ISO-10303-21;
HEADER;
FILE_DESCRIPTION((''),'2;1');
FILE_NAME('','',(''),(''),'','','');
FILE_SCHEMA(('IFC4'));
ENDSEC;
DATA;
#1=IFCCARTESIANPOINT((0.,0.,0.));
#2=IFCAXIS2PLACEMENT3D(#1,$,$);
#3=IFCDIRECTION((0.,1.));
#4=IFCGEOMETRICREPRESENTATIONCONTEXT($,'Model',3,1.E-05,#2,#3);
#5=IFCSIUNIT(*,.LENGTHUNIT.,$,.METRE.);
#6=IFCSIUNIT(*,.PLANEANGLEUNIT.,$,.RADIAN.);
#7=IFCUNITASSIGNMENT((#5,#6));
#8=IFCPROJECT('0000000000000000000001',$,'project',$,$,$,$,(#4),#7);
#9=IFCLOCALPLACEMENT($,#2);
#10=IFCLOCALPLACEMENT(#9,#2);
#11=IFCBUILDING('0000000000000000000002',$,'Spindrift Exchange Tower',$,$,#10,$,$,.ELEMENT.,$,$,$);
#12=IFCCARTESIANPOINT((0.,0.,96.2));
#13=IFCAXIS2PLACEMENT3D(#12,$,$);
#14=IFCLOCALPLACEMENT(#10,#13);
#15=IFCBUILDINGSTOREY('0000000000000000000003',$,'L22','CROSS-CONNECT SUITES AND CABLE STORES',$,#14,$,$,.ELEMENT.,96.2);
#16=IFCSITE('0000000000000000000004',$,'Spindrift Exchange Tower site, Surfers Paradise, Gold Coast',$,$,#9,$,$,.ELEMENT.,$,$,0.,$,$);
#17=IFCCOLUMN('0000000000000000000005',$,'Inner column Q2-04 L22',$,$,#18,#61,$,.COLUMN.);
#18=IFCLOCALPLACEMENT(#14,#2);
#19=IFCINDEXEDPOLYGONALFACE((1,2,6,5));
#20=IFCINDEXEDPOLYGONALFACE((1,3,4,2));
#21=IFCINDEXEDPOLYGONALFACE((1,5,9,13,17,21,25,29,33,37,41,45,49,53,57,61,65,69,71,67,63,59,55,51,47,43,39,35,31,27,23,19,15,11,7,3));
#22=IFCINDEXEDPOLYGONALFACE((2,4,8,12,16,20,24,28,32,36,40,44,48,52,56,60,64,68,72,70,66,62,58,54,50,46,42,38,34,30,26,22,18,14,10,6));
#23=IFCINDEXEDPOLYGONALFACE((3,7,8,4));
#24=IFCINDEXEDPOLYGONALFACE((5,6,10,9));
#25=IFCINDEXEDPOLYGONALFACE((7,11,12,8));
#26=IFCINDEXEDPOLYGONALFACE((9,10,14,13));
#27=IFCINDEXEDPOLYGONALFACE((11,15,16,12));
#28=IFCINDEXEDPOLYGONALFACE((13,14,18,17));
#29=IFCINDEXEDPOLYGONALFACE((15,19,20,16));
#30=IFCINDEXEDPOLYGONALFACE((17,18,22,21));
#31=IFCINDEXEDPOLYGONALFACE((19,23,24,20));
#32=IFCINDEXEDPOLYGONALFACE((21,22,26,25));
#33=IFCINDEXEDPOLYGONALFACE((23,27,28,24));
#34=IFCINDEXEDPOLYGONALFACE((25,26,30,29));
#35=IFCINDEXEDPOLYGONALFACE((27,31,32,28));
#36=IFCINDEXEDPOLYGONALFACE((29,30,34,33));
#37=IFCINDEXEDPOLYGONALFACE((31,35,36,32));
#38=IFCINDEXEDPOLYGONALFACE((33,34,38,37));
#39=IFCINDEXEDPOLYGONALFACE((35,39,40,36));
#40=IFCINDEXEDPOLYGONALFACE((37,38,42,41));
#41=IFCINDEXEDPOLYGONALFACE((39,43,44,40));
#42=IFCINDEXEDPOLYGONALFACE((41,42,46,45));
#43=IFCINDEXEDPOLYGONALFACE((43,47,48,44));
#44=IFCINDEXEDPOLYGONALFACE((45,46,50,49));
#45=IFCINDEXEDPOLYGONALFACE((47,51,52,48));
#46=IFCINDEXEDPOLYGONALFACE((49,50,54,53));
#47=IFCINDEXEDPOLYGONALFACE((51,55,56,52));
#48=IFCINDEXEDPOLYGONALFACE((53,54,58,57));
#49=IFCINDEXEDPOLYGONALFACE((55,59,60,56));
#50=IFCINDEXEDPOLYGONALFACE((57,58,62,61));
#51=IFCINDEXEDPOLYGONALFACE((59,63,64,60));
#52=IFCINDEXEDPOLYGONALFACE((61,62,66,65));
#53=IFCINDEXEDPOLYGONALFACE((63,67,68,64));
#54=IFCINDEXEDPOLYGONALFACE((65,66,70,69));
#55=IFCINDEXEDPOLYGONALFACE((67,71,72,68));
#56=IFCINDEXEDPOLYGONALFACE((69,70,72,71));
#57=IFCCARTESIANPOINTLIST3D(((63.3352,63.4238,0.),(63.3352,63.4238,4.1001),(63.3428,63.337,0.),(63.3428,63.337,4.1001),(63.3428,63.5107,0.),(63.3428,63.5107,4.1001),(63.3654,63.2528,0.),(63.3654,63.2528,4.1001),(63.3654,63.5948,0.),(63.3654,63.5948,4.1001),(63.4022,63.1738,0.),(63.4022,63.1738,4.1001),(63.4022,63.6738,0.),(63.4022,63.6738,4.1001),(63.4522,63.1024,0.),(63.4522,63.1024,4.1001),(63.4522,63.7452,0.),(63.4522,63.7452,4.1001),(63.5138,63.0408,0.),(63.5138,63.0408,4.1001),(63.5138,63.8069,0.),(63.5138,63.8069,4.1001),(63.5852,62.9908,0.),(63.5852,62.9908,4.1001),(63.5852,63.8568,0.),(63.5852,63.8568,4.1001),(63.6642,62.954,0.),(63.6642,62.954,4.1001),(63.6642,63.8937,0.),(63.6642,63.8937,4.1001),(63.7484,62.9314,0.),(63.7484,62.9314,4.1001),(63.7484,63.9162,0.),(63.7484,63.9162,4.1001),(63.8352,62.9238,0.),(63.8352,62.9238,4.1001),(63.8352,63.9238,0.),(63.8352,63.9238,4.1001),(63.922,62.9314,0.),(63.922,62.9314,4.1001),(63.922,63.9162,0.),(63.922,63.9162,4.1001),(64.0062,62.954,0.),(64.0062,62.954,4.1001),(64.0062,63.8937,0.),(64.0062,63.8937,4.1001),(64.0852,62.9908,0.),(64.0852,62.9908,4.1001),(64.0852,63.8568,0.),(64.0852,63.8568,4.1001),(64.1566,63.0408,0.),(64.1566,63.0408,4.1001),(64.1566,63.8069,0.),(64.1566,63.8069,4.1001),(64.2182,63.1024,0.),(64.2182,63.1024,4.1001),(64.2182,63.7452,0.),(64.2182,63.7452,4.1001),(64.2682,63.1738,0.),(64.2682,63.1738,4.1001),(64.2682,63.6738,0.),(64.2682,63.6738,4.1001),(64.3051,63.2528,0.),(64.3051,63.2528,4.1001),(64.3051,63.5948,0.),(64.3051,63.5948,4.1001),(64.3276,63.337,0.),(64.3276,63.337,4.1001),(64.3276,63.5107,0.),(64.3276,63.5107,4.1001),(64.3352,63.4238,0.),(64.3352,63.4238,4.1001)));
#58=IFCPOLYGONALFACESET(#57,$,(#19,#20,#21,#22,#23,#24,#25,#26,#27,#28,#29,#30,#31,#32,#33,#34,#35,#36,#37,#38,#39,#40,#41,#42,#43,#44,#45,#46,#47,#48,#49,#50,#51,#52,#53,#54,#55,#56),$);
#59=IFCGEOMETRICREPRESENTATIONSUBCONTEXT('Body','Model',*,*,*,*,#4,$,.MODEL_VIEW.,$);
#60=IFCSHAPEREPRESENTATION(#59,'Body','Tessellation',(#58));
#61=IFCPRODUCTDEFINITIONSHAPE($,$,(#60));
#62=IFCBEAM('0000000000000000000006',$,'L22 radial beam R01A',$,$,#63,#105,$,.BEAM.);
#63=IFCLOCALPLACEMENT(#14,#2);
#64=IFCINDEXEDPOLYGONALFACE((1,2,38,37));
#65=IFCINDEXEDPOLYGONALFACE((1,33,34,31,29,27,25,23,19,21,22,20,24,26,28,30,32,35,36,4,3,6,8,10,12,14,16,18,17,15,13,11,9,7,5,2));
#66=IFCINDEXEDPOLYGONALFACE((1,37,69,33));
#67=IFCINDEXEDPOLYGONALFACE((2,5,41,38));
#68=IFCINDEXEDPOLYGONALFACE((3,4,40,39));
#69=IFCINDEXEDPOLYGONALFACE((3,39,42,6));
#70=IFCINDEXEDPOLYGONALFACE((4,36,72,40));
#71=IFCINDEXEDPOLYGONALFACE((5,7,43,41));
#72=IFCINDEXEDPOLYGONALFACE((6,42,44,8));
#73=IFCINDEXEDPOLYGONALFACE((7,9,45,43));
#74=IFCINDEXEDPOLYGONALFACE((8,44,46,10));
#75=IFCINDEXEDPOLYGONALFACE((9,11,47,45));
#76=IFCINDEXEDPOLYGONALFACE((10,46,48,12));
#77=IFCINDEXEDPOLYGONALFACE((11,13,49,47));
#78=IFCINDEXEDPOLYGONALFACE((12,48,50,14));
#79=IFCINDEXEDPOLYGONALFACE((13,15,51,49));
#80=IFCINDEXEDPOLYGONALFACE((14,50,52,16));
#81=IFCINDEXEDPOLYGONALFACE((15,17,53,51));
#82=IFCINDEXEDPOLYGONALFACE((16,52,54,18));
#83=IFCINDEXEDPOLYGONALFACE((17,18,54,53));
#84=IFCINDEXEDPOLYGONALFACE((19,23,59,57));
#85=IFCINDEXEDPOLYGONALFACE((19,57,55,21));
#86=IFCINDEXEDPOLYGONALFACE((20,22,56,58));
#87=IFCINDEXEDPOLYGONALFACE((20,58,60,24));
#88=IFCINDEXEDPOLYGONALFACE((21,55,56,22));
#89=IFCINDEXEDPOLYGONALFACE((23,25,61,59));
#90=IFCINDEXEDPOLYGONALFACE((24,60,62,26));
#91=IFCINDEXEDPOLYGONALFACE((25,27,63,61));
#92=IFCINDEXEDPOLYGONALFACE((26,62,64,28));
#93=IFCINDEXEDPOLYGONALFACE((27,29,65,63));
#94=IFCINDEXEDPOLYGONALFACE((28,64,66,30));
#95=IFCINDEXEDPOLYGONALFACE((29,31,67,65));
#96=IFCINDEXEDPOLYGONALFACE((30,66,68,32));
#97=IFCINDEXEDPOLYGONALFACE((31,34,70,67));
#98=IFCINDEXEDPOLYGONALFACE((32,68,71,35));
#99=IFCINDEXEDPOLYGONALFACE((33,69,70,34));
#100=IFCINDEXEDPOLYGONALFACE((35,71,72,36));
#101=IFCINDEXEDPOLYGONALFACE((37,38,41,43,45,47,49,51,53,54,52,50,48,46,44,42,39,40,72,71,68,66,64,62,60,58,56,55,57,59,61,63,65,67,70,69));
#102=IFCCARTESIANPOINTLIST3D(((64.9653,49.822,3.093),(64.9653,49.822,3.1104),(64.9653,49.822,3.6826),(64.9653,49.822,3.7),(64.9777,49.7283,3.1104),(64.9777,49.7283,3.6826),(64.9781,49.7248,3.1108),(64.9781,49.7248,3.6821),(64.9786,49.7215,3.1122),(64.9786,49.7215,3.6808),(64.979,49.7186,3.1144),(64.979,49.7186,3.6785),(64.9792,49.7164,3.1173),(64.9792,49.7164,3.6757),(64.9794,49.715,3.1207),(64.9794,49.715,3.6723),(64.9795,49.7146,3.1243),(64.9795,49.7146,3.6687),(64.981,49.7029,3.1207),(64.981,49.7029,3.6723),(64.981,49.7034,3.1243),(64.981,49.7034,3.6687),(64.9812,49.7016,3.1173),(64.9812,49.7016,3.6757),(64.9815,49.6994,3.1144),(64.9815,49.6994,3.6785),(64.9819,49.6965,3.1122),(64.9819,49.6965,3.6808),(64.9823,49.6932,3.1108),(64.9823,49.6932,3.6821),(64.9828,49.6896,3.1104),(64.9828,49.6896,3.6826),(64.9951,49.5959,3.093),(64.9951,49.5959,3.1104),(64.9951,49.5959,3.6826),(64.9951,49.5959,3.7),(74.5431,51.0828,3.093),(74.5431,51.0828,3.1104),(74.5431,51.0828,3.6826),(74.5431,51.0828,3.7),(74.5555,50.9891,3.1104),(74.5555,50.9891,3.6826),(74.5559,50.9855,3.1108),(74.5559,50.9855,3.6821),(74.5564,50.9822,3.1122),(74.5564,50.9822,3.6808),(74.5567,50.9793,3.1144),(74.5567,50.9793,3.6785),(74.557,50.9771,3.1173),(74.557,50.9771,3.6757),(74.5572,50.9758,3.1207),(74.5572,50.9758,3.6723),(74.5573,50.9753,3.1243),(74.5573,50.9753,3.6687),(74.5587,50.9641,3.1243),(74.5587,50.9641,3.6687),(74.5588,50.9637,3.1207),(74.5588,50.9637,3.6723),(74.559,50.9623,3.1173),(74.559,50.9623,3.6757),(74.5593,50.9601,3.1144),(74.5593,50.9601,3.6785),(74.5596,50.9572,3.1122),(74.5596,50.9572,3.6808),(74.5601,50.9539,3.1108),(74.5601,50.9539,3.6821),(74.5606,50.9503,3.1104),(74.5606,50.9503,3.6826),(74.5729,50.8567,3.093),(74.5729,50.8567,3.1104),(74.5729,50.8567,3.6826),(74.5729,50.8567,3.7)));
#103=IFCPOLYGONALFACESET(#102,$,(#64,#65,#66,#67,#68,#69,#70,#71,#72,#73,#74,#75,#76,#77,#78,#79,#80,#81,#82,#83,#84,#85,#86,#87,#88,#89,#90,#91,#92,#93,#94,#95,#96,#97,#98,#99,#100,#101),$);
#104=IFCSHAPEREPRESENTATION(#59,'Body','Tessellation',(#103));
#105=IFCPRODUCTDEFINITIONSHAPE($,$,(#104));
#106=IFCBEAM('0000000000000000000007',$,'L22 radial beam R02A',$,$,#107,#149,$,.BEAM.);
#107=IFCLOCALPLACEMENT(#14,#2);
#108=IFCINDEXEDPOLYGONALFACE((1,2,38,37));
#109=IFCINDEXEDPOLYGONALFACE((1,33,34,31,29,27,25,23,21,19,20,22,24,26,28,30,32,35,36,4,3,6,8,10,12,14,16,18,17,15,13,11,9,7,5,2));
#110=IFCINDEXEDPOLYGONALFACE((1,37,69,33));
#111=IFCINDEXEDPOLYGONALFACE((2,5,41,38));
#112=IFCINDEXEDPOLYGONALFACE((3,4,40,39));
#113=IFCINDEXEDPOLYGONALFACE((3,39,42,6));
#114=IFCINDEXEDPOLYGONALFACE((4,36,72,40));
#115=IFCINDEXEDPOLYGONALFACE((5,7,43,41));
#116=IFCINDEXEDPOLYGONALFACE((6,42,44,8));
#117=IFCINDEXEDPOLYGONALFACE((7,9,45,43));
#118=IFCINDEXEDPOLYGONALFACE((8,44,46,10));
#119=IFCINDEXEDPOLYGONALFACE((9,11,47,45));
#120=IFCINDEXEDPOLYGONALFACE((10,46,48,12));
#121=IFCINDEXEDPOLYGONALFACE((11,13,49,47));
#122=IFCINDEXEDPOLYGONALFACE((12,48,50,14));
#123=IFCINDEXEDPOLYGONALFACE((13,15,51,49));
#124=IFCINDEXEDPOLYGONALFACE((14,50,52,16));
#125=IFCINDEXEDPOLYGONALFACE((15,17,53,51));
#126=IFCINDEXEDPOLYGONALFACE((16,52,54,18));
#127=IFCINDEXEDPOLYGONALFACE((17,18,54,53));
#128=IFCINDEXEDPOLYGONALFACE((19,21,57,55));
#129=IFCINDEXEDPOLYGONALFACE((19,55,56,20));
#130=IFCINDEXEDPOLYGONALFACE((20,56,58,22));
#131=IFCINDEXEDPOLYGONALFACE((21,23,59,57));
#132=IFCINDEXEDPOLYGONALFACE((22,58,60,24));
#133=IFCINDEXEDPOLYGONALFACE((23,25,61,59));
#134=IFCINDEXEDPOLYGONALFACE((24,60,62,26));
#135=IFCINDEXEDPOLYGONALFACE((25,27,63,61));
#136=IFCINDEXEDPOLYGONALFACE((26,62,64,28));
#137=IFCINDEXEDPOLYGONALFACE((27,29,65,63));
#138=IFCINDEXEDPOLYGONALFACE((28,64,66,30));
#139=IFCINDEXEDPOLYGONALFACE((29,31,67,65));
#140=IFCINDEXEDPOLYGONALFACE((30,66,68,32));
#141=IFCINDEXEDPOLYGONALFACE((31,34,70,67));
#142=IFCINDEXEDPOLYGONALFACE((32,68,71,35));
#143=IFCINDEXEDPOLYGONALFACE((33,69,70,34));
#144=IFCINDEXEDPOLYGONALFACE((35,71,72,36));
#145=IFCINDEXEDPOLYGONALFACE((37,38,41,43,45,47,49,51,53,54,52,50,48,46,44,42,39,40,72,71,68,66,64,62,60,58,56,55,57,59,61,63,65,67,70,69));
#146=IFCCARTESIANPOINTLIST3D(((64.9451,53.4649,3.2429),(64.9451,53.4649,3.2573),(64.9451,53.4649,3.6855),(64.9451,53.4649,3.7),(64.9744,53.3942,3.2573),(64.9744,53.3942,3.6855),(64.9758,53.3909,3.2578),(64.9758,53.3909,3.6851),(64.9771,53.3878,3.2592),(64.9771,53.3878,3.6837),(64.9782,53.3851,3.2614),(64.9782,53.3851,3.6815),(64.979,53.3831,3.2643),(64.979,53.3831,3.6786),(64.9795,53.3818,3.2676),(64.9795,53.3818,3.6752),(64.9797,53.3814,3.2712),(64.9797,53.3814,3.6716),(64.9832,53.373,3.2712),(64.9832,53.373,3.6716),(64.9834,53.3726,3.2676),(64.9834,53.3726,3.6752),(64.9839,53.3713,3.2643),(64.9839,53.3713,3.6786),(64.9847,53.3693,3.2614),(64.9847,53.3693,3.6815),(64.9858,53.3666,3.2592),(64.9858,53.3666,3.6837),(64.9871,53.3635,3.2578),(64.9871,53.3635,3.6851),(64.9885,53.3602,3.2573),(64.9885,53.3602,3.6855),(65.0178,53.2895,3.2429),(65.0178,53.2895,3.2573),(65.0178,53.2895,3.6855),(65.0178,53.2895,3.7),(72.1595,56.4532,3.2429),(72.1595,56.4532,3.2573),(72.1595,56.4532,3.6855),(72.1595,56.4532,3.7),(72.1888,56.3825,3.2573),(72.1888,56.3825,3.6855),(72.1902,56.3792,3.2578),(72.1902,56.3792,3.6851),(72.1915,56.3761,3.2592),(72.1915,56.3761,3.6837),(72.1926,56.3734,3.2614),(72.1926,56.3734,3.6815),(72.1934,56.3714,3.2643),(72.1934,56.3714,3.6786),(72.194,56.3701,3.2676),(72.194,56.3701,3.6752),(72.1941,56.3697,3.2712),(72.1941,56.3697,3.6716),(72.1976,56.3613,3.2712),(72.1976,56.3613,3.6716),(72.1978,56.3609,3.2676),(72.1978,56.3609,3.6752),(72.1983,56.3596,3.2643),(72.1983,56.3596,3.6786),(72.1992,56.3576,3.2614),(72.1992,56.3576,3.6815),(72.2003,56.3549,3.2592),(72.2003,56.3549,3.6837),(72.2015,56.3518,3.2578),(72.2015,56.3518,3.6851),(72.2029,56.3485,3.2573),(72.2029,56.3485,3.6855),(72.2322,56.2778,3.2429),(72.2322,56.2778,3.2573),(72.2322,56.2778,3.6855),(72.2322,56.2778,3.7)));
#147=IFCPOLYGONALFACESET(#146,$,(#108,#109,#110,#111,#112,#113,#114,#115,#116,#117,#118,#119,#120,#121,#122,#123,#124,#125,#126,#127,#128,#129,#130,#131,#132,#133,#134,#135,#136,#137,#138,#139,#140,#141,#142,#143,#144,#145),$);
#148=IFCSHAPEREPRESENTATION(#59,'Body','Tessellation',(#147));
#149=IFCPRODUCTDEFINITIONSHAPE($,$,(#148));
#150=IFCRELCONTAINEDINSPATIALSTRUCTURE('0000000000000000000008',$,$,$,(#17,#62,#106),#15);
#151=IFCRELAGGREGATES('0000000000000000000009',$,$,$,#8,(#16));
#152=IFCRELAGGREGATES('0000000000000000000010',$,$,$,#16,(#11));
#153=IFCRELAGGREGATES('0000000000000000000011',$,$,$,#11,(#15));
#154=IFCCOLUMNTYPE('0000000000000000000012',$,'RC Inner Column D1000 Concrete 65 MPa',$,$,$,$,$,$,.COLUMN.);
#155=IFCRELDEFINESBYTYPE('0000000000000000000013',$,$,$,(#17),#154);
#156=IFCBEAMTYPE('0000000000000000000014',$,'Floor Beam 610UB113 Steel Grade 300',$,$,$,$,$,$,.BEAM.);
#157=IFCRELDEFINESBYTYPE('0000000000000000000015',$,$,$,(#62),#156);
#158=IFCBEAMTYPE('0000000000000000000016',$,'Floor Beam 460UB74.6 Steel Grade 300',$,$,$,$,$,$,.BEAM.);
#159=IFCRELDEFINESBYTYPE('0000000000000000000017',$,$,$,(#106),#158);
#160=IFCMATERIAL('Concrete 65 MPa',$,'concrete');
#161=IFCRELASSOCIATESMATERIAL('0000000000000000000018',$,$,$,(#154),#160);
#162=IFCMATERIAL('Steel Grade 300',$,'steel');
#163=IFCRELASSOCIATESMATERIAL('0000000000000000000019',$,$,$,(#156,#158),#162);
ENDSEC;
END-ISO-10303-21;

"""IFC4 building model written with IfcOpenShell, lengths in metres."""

from ifc_helpers import new_model, si_unit, direction, frame, origin, origin_2d, place, context, subcontext, project, spatial, circle, i_section, extrude, source, transform, mapped, material, material_profile, profile_set, type_object, element, save


model = new_model("IFC4")

# Units and contexts
model_context = context("Model", 3, precision=1e-05, world=origin(), true_north=direction((0.0, 1.0)))
body_context = subcontext(model_context, "Body", "Model", "MODEL_VIEW")
ifc_project = project(units=[si_unit("LENGTHUNIT", "METRE"), si_unit("PLANEANGLEUNIT", "RADIAN")], contexts=[model_context])

# Site, building, storey
site_placement = place(None, origin())
site = spatial("IfcSite", under=ifc_project, at=site_placement, Name="Spindrift Exchange Tower site, Surfers Paradise, Gold Coast", CompositionType="ELEMENT", RefElevation=0.0)
building_placement = place(site_placement, origin())
building = spatial("IfcBuilding", under=site, at=building_placement, Name="Spindrift Exchange Tower", CompositionType="ELEMENT")
storey_placement = place(building_placement, frame((0.0, 0.0, 96.2)))
storey = spatial("IfcBuildingStorey", under=building, at=storey_placement, Name="L22", Description="CROSS-CONNECT SUITES AND CABLE STORES", CompositionType="ELEMENT", Elevation=96.2)

# Column
ifc_material_1 = material(Name="Concrete 65 MPa", Category="concrete")
ifc_material_profile_1 = material_profile(ifc_material_1, circle(Radius=0.5, at=origin_2d()), Name="RC D1000")
ifc_profile_set_1 = profile_set([ifc_material_profile_1], Name="Concrete 65 MPa")
column_type = type_object("IfcColumnType", Name="RC Inner Column D1000 Concrete 65 MPa", PredefinedType="COLUMN", material=ifc_profile_set_1)
shared_shape_1 = source(origin(), body_context, "Body", "SweptSolid", [
    extrude(circle(Radius=0.5, at=origin_2d()), origin(), (0.0, 0.0, 1.0), 4.1001),
])
column_placement = place(storey_placement, frame((63.8352, 63.4238, 0.0), z_axis=(0.0, 0.0, 1.0), x_axis=(1.0, 0.0, 0.0)))
element("IfcColumn", 1, at=column_placement, inside=storey, type_object=column_type, Name="Inner column Q2-04 L22", PredefinedType="COLUMN", context=body_context, shape_type="MappedRepresentation", body=[
    mapped(shared_shape_1, transform((0.0, 0.0, 0.0), scale=1.0)),
])

# Beams
ifc_material_2 = material(Name="Steel Grade 300", Category="steel")
ifc_material_profile_2 = material_profile(ifc_material_2, i_section(OverallWidth=0.228, OverallDepth=0.6069, WebThickness=0.0112, FlangeThickness=0.0173, FilletRadius=0.0139, at=origin_2d()), Name="610UB113")
ifc_profile_set_2 = profile_set([ifc_material_profile_2], Name="Steel Grade 300")
beam_type_1 = type_object("IfcBeamType", Name="Floor Beam 610UB113 Steel Grade 300", PredefinedType="BEAM", material=ifc_profile_set_2)
shared_shape_2 = source(origin(), body_context, "Body", "SweptSolid", [
    extrude(i_section(OverallWidth=0.228, OverallDepth=0.6069, WebThickness=0.0112, FlangeThickness=0.0173, FilletRadius=0.0139, at=origin_2d()), origin(), (0.0, 0.0, 1.0), 9.6604),
])
beam_1_placement = place(storey_placement, frame((64.9802, 49.709, 3.3965), z_axis=(0.991448, 0.130505, 0.0), x_axis=(-0.130505, 0.991448, 0.0)))
element("IfcBeam", 2, at=beam_1_placement, inside=storey, type_object=beam_type_1, Name="L22 radial beam R01A", PredefinedType="BEAM", context=body_context, shape_type="MappedRepresentation", body=[
    mapped(shared_shape_2, transform((0.0, 0.0, 0.0), scale=1.0)),
])
ifc_material_profile_3 = material_profile(ifc_material_2, i_section(OverallWidth=0.1899, OverallDepth=0.457, WebThickness=0.009, FlangeThickness=0.0144, FilletRadius=0.0139, at=origin_2d()), Name="460UB74.6")
ifc_profile_set_3 = profile_set([ifc_material_profile_3], Name="Steel Grade 300")
beam_type_2 = type_object("IfcBeamType", Name="Floor Beam 460UB74.6 Steel Grade 300", PredefinedType="BEAM", material=ifc_profile_set_3)
shared_shape_3 = source(origin(), body_context, "Body", "SweptSolid", [
    extrude(i_section(OverallWidth=0.1899, OverallDepth=0.457, WebThickness=0.009, FlangeThickness=0.0144, FilletRadius=0.0139, at=origin_2d()), origin(), (0.0, 0.0, 1.0), 7.8088),
])
beam_2_placement = place(storey_placement, frame((64.9814, 53.3772, 3.4714), z_axis=(0.92388, 0.382683, 0.0), x_axis=(-0.382683, 0.92388, 0.0)))
element("IfcBeam", 3, at=beam_2_placement, inside=storey, type_object=beam_type_2, Name="L22 radial beam R02A", PredefinedType="BEAM", context=body_context, shape_type="MappedRepresentation", body=[
    mapped(shared_shape_3, transform((0.0, 0.0, 0.0), scale=1.0)),
])

save(model, "model.ifc")
